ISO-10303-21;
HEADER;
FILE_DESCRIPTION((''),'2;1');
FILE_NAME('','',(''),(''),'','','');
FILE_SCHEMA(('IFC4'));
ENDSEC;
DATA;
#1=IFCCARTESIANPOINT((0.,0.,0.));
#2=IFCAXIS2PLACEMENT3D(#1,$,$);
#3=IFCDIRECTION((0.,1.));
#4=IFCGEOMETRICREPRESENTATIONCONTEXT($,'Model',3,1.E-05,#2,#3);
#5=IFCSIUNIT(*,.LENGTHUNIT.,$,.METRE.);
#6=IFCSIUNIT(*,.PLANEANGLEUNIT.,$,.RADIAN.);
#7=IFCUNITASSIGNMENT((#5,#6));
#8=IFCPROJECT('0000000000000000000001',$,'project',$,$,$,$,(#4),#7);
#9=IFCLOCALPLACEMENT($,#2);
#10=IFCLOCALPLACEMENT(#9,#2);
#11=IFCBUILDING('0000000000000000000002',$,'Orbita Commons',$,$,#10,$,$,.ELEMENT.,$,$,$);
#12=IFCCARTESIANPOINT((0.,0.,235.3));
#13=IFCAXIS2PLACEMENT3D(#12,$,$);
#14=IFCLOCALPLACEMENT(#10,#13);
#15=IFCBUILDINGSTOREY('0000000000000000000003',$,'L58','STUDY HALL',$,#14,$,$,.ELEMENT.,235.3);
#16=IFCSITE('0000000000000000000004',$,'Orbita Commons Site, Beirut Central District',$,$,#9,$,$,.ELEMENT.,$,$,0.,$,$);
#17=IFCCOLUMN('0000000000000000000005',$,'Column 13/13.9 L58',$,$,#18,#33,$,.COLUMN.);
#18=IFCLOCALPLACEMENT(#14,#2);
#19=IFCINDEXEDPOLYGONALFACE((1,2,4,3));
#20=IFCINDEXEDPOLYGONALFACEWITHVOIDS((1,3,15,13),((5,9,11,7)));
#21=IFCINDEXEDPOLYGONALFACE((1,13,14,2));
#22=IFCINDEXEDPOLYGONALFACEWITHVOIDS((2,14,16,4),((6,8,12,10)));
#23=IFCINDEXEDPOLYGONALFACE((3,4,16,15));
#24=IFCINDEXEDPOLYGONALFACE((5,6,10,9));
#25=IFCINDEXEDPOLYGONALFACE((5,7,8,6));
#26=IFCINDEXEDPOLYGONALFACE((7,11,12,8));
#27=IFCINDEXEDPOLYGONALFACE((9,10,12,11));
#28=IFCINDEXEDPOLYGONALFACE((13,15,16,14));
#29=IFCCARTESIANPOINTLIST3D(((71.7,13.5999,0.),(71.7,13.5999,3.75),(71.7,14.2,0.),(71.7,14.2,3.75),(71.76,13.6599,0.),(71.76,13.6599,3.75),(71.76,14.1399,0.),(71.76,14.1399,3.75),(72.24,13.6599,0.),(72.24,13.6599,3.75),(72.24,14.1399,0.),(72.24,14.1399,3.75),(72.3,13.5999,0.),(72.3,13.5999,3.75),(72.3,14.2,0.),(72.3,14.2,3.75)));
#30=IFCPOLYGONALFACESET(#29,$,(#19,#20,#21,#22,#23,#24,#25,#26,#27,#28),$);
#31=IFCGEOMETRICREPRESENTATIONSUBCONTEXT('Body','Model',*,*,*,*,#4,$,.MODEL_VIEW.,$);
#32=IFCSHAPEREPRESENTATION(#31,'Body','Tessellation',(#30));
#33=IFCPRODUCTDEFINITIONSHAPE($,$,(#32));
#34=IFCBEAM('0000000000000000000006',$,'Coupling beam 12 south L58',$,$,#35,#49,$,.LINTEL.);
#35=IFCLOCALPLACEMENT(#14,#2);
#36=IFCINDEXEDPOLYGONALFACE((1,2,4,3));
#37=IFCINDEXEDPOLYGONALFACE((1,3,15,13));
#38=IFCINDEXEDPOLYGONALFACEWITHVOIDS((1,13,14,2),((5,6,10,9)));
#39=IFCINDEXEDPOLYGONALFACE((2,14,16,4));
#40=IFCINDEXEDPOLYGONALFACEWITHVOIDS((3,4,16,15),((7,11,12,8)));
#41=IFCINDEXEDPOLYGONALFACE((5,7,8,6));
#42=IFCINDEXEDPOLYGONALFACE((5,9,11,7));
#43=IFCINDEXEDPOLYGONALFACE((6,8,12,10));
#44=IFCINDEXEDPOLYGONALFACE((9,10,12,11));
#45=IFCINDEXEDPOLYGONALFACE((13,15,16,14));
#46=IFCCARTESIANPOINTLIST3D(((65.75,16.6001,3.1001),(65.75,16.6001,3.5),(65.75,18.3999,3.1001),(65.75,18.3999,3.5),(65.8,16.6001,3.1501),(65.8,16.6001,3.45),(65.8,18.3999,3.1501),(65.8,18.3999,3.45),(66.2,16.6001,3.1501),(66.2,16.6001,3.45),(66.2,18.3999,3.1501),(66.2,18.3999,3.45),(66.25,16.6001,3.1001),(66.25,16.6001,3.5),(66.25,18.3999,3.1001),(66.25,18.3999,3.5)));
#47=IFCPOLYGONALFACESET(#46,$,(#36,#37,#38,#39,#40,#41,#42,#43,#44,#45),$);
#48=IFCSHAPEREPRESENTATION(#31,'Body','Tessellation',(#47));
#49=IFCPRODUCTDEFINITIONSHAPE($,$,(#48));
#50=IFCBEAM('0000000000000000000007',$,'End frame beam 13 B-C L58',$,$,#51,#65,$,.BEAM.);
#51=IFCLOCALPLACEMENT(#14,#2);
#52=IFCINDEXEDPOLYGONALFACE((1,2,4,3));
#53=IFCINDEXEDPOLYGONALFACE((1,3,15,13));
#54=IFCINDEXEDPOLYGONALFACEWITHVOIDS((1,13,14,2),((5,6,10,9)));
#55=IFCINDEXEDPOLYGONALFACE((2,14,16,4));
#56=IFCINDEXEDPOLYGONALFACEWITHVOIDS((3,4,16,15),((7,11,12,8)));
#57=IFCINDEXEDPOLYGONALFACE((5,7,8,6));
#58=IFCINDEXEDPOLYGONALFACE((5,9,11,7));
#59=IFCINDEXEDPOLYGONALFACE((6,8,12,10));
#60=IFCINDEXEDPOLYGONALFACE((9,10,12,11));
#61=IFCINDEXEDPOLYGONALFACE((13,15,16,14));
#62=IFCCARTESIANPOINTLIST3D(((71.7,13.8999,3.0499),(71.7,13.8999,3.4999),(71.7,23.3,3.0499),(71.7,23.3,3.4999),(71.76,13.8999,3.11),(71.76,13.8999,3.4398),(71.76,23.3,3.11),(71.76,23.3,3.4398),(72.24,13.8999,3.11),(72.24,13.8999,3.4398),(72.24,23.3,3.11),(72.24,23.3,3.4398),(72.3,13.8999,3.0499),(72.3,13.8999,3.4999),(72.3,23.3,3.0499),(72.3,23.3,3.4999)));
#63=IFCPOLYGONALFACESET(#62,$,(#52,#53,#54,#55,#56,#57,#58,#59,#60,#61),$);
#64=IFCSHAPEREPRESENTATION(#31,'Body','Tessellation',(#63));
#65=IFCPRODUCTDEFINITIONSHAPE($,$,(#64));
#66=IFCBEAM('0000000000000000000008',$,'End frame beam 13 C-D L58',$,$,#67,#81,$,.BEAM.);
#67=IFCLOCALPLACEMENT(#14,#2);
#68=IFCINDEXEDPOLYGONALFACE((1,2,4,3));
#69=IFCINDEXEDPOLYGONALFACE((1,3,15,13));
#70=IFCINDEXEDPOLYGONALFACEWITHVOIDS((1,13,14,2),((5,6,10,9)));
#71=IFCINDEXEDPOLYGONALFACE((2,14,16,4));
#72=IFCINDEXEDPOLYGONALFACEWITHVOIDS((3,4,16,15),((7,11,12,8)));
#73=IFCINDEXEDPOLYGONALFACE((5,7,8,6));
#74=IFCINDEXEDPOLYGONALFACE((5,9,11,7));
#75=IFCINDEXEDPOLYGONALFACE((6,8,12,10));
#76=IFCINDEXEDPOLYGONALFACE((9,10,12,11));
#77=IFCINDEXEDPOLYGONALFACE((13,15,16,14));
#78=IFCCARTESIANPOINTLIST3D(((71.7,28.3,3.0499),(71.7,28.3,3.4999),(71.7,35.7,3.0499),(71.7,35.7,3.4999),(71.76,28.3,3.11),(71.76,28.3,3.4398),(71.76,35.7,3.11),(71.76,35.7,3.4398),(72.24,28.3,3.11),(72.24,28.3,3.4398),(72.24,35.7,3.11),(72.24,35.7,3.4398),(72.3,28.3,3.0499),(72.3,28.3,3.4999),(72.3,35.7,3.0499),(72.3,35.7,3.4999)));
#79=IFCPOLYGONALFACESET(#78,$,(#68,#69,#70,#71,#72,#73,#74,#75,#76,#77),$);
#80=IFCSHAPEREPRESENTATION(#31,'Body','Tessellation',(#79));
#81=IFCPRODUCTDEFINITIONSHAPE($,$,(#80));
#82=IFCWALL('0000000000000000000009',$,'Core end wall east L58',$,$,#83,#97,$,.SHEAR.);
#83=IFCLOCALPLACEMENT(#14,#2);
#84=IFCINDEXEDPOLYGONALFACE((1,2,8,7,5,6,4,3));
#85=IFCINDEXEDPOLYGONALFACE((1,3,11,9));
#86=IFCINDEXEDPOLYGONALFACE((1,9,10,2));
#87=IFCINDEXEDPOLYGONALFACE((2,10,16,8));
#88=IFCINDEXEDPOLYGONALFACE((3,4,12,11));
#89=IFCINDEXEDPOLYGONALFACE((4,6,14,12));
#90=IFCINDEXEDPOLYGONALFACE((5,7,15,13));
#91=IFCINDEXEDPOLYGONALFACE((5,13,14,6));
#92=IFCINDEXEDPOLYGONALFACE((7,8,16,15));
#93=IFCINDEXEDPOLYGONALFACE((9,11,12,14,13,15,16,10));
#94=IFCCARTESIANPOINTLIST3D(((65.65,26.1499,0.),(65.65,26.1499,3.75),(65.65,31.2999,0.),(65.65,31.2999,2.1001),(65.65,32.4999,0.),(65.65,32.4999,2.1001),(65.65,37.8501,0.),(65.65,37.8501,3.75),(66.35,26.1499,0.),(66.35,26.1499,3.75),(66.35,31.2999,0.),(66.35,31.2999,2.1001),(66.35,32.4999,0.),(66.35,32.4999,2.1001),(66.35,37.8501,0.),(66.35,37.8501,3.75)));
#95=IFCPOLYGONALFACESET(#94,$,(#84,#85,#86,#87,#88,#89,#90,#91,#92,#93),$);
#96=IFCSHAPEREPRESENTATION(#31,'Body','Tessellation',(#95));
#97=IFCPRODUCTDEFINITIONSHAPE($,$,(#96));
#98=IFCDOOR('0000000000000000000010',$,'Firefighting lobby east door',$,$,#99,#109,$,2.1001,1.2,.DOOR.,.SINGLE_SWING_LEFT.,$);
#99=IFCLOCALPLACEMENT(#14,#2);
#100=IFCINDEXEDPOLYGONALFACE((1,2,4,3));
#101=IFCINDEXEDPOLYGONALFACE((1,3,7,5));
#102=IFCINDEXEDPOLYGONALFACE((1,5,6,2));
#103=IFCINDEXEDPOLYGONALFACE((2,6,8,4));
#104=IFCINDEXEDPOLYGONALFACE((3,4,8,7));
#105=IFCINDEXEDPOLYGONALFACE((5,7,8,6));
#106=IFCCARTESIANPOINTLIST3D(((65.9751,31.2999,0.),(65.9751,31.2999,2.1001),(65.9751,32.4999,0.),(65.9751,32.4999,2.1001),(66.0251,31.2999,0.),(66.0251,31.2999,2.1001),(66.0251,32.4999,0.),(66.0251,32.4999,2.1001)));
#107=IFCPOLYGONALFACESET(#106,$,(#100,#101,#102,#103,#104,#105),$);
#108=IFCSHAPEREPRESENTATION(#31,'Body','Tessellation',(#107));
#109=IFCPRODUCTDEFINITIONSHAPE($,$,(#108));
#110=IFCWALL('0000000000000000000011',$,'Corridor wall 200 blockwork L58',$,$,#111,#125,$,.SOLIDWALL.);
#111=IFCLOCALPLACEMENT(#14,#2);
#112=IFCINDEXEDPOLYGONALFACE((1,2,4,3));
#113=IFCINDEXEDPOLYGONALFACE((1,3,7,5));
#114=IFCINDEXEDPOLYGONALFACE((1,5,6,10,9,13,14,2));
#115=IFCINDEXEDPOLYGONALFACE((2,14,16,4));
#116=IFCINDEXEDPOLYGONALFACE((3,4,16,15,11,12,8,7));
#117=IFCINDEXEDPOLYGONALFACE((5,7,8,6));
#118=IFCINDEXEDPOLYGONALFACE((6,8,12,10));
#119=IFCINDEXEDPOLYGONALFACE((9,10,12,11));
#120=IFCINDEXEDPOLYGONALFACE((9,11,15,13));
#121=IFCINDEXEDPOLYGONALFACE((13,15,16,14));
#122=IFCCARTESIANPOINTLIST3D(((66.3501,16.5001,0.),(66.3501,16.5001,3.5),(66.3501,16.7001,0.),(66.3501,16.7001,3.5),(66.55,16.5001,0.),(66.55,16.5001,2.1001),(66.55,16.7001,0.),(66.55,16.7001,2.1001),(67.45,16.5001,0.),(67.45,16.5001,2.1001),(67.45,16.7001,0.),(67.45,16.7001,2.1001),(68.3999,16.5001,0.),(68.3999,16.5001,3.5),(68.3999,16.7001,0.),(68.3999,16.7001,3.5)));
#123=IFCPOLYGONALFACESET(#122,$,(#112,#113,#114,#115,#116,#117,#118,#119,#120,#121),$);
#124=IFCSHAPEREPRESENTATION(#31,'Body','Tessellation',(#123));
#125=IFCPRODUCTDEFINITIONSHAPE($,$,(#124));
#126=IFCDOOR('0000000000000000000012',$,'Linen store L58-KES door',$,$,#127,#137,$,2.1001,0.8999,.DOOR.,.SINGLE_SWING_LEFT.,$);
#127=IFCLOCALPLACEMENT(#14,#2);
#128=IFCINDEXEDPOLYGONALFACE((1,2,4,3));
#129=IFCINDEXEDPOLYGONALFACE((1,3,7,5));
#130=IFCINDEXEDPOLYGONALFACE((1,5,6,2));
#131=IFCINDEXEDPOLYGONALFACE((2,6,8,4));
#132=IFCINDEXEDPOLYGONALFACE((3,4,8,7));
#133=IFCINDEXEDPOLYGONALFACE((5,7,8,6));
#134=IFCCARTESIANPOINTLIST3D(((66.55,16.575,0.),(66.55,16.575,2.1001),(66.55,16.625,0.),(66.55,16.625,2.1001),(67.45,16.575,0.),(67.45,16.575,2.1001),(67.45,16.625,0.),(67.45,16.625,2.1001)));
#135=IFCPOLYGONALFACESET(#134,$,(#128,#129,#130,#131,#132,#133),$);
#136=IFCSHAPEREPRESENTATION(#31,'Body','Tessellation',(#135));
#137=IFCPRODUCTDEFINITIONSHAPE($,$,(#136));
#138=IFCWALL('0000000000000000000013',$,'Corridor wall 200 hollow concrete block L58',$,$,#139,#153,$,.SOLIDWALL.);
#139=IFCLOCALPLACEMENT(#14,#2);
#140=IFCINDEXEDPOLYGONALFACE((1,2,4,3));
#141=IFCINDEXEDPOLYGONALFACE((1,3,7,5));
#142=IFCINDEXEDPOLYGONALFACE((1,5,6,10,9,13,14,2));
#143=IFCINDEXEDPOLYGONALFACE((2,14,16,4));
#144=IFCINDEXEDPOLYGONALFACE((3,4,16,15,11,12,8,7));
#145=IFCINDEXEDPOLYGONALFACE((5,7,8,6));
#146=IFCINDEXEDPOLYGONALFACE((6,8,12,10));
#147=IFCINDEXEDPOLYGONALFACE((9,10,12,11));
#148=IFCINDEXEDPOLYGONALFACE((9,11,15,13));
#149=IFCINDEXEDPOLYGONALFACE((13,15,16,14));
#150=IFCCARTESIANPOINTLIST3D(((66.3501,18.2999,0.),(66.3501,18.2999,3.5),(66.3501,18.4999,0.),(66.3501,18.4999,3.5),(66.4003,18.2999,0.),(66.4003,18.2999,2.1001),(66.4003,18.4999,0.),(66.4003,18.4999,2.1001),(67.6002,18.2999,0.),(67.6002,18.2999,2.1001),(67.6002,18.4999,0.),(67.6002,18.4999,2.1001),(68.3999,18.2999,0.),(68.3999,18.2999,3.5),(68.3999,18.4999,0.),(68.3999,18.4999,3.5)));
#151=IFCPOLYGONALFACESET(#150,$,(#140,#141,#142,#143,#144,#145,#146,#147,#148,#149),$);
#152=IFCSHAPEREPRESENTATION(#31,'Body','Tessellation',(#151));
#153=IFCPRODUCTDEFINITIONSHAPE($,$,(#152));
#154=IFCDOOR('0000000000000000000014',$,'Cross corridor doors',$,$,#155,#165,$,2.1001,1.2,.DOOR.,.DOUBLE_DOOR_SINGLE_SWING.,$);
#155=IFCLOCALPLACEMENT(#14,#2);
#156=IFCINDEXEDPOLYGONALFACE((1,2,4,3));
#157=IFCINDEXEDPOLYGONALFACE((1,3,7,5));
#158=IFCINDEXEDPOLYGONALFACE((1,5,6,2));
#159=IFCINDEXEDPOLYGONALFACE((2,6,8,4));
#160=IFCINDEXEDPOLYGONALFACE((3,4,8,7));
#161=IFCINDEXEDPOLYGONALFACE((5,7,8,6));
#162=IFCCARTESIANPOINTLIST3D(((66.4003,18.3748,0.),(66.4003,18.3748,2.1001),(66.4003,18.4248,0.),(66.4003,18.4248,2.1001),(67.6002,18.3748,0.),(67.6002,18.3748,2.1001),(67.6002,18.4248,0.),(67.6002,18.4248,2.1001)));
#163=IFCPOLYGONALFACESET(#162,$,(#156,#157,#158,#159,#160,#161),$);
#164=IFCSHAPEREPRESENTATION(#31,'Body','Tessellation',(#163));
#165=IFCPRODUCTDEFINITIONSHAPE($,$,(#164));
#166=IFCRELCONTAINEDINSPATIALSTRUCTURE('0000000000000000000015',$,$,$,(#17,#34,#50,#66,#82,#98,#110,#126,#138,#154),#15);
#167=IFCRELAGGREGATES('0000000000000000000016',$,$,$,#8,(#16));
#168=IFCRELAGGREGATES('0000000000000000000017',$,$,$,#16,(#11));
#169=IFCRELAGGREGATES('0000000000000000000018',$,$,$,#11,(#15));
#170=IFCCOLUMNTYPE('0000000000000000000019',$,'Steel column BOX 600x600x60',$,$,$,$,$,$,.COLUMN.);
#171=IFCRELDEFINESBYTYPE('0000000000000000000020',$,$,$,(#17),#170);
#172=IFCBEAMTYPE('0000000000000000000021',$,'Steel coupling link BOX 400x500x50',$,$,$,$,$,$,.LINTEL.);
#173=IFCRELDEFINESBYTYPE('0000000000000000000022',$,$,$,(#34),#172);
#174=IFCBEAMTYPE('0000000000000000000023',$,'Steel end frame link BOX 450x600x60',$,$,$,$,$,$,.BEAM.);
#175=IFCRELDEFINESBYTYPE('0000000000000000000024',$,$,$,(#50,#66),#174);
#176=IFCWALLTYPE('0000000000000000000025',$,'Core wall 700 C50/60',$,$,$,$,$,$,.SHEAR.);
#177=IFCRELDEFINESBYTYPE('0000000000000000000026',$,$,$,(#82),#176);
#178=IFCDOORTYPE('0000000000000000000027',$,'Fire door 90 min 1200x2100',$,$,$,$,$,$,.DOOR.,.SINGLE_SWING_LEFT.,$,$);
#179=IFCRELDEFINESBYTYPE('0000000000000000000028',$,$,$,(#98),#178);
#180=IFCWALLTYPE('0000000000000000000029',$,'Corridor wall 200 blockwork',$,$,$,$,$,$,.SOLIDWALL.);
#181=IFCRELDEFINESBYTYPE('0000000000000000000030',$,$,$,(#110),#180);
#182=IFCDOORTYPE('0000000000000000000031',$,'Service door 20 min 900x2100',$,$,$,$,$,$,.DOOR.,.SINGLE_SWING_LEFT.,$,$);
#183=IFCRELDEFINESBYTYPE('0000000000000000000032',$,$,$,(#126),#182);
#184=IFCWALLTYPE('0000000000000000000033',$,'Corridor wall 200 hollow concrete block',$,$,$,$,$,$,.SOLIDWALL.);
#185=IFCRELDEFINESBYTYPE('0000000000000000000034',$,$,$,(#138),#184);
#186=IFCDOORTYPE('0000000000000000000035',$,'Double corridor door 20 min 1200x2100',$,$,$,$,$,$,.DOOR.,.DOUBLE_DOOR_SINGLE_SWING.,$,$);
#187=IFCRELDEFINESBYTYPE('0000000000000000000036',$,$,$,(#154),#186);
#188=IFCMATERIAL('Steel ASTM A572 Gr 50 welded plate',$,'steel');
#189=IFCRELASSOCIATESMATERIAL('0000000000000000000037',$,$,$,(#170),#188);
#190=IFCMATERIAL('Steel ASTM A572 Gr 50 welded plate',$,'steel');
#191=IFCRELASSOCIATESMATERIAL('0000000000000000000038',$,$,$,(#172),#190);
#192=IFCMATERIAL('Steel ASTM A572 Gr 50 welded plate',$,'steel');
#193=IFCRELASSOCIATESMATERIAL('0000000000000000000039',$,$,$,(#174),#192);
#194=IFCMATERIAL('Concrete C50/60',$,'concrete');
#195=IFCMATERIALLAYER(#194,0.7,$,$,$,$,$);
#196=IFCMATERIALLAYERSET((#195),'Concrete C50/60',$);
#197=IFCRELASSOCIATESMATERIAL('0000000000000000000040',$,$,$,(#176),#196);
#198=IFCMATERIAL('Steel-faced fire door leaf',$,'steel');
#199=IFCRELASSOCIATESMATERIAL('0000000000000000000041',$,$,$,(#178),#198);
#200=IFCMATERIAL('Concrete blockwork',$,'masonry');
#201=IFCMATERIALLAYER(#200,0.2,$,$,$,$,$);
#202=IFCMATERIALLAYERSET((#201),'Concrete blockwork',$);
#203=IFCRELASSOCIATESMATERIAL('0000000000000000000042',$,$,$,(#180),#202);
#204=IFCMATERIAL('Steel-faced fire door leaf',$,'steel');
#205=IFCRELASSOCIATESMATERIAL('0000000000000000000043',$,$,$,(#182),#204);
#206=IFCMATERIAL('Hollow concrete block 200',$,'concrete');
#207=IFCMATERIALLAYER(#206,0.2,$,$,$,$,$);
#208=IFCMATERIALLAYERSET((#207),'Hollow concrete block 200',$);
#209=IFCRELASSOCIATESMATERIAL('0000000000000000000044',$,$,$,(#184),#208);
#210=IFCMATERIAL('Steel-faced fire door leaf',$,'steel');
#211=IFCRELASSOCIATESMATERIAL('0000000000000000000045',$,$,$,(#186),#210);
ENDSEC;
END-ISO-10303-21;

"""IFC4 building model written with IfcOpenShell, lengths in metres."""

from ifc_helpers import new_model, si_unit, direction, frame, frame_2d, origin, origin_2d, place, context, subcontext, project, spatial, rectangle, hollow_rectangle, extrude, material, layer, layer_set, material_profile, profile_set, type_object, element, fill, save


model = new_model("IFC4")

# Units and contexts
model_context = context("Model", 3, precision=1e-05, world=origin(), true_north=direction((0.0, 1.0)))
body_context = subcontext(model_context, "Body", "Model", "MODEL_VIEW")
ifc_project = project(units=[si_unit("LENGTHUNIT", "METRE"), si_unit("PLANEANGLEUNIT", "RADIAN")], contexts=[model_context])

# Site, building, storey
site_placement = place(None, origin())
site = spatial("IfcSite", under=ifc_project, at=site_placement, Name="Orbita Commons Site, Beirut Central District", CompositionType="ELEMENT", RefElevation=0.0)
building_placement = place(site_placement, origin())
building = spatial("IfcBuilding", under=site, at=building_placement, Name="Orbita Commons", CompositionType="ELEMENT")
storey_placement = place(building_placement, frame((0.0, 0.0, 235.3)))
storey = spatial("IfcBuildingStorey", under=building, at=storey_placement, Name="L58", Description="STUDY HALL", CompositionType="ELEMENT", Elevation=235.3)

# Column
ifc_material_1 = material(Name="Steel ASTM A572 Gr 50 welded plate", Category="steel")
ifc_material_profile_1 = material_profile(ifc_material_1, hollow_rectangle(XDim=0.6001, YDim=0.6001, WallThickness=0.0601, at=origin_2d()), Name="BOX 600x600x60")
ifc_profile_set_1 = profile_set([ifc_material_profile_1], Name="Steel ASTM A572 Gr 50 welded plate")
column_type = type_object("IfcColumnType", Name="Steel column BOX 600x600x60", PredefinedType="COLUMN", material=ifc_profile_set_1)
column_placement = place(storey_placement, frame((72.0, 13.8999, 0.0), z_axis=(0.0, 0.0, 1.0), x_axis=(1.0, 0.0, 0.0)))
element("IfcColumn", 1, at=column_placement, inside=storey, type_object=column_type, Name="Column 13/13.9 L58", PredefinedType="COLUMN", context=body_context, shape_type="SweptSolid", body=[
    extrude(hollow_rectangle(XDim=0.6001, YDim=0.6001, WallThickness=0.0601, at=origin_2d()), origin(), (0.0, 0.0, 1.0), 3.75),
])

# Beams
ifc_material_2 = material(Name="Steel ASTM A572 Gr 50 welded plate", Category="steel")
ifc_material_profile_2 = material_profile(ifc_material_2, hollow_rectangle(XDim=0.5, YDim=0.3999, WallThickness=0.05, at=origin_2d()), Name="BOX 400x500x50")
ifc_profile_set_2 = profile_set([ifc_material_profile_2], Name="Steel ASTM A572 Gr 50 welded plate")
beam_type_1 = type_object("IfcBeamType", Name="Steel coupling link BOX 400x500x50", PredefinedType="LINTEL", material=ifc_profile_set_2)
beam_1_placement = place(storey_placement, frame((66.0, 16.6001, 3.3), z_axis=(0.0, 1.0, 0.0), x_axis=(-1.0, 0.0, 0.0)))
element("IfcBeam", 2, at=beam_1_placement, inside=storey, type_object=beam_type_1, Name="Coupling beam 12 south L58", PredefinedType="LINTEL", context=body_context, shape_type="SweptSolid", body=[
    extrude(hollow_rectangle(XDim=0.5, YDim=0.3999, WallThickness=0.05, at=origin_2d()), origin(), (0.0, 0.0, 1.0), 1.7998),
])
ifc_material_3 = material(Name="Steel ASTM A572 Gr 50 welded plate", Category="steel")
ifc_material_profile_3 = material_profile(ifc_material_3, hollow_rectangle(XDim=0.6001, YDim=0.45, WallThickness=0.0601, at=origin_2d()), Name="BOX 450x600x60")
ifc_profile_set_3 = profile_set([ifc_material_profile_3], Name="Steel ASTM A572 Gr 50 welded plate")
beam_type_2 = type_object("IfcBeamType", Name="Steel end frame link BOX 450x600x60", PredefinedType="BEAM", material=ifc_profile_set_3)
beam_2_placement = place(storey_placement, frame((72.0, 13.8999, 3.2749), z_axis=(0.0, 1.0, 0.0), x_axis=(-1.0, 0.0, 0.0)))
element("IfcBeam", 3, at=beam_2_placement, inside=storey, type_object=beam_type_2, Name="End frame beam 13 B-C L58", PredefinedType="BEAM", context=body_context, shape_type="SweptSolid", body=[
    extrude(hollow_rectangle(XDim=0.6001, YDim=0.45, WallThickness=0.0601, at=origin_2d()), origin(), (0.0, 0.0, 1.0), 9.4001),
])
beam_3_placement = place(storey_placement, frame((72.0, 28.3, 3.2749), z_axis=(0.0, 1.0, 0.0), x_axis=(-1.0, 0.0, 0.0)))
element("IfcBeam", 4, at=beam_3_placement, inside=storey, type_object=beam_type_2, Name="End frame beam 13 C-D L58", PredefinedType="BEAM", context=body_context, shape_type="SweptSolid", body=[
    extrude(hollow_rectangle(XDim=0.6001, YDim=0.45, WallThickness=0.0601, at=origin_2d()), origin(), (0.0, 0.0, 1.0), 7.3999),
])

# Walls, openings, doors
ifc_material_4 = material(Name="Concrete C50/60", Category="concrete")
ifc_layer_1 = layer(ifc_material_4, 0.7)
ifc_layer_set_1 = layer_set([ifc_layer_1], Name="Concrete C50/60")
wall_type_1 = type_object("IfcWallType", Name="Core wall 700 C50/60", PredefinedType="SHEAR", material=ifc_layer_set_1)
wall_1_placement = place(storey_placement, frame((66.0, 26.1499, 0.0), z_axis=(0.0, 0.0, 1.0), x_axis=(0.0, 1.0, 0.0)))
wall_1 = element("IfcWall", 5, at=wall_1_placement, inside=storey, type_object=wall_type_1, Name="Core end wall east L58", PredefinedType="SHEAR", context=body_context, shape_type="SweptSolid", body=[
    extrude(rectangle(XDim=11.7002, YDim=0.7, at=frame_2d((5.8501, 0.0))), origin(), (0.0, 0.0, 1.0), 3.75),
])
opening_1_placement = place(wall_1_placement, frame((5.1499, 0.0, 0.0)))
opening_1 = element("IfcOpeningElement", 6, at=opening_1_placement, cuts=wall_1, PredefinedType="OPENING", context=body_context, shape_type="SweptSolid", body=[
    extrude(rectangle(XDim=1.2, YDim=2.1001, at=frame_2d((0.6001, 1.05))), frame((0.0, 0.3599, 0.0), z_axis=(0.0, -1.0, 0.0), x_axis=(1.0, 0.0, 0.0)), (0.0, 0.0, 1.0), 0.72),
])
ifc_material_5 = material(Name="Steel-faced fire door leaf", Category="steel")
door_type_1 = type_object("IfcDoorType", Name="Fire door 90 min 1200x2100", OperationType="SINGLE_SWING_LEFT", PredefinedType="DOOR", material=ifc_material_5)
door_1_placement = place(opening_1_placement, origin())
door_1 = element("IfcDoor", 7, at=door_1_placement, inside=storey, type_object=door_type_1, Name="Firefighting lobby east door", OperationType="SINGLE_SWING_LEFT", OverallHeight=2.1001, OverallWidth=1.2, PredefinedType="DOOR", context=body_context, shape_type="SweptSolid", body=[
    extrude(rectangle(XDim=1.2, YDim=2.1001, at=frame_2d((0.6001, 1.05))), frame((0.0, 0.0249, 0.0), z_axis=(0.0, -1.0, 0.0), x_axis=(1.0, 0.0, 0.0)), (0.0, 0.0, 1.0), 0.05),
])
fill(opening_1, door_1)
ifc_material_6 = material(Name="Concrete blockwork", Category="masonry")
ifc_layer_2 = layer(ifc_material_6, 0.2)
ifc_layer_set_2 = layer_set([ifc_layer_2], Name="Concrete blockwork")
wall_type_2 = type_object("IfcWallType", Name="Corridor wall 200 blockwork", PredefinedType="SOLIDWALL", material=ifc_layer_set_2)
wall_2_placement = place(storey_placement, frame((66.3501, 16.6001, 0.0), z_axis=(0.0, 0.0, 1.0), x_axis=(1.0, 0.0, 0.0)))
wall_2 = element("IfcWall", 8, at=wall_2_placement, inside=storey, type_object=wall_type_2, Name="Corridor wall 200 blockwork L58", PredefinedType="SOLIDWALL", context=body_context, shape_type="SweptSolid", body=[
    extrude(rectangle(XDim=2.0498, YDim=0.2, at=frame_2d((1.0249, 0.0))), origin(), (0.0, 0.0, 1.0), 3.5),
])
opening_2_placement = place(wall_2_placement, frame((0.2, 0.0, 0.0)))
opening_2 = element("IfcOpeningElement", 9, at=opening_2_placement, cuts=wall_2, PredefinedType="OPENING", context=body_context, shape_type="SweptSolid", body=[
    extrude(rectangle(XDim=0.8999, YDim=2.1001, at=frame_2d((0.45, 1.05))), frame((0.0, 0.1099, 0.0), z_axis=(0.0, -1.0, 0.0), x_axis=(1.0, 0.0, 0.0)), (0.0, 0.0, 1.0), 0.22),
])
ifc_material_7 = material(Name="Steel-faced fire door leaf", Category="steel")
door_type_2 = type_object("IfcDoorType", Name="Service door 20 min 900x2100", OperationType="SINGLE_SWING_LEFT", PredefinedType="DOOR", material=ifc_material_7)
door_2_placement = place(opening_2_placement, origin())
door_2 = element("IfcDoor", 10, at=door_2_placement, inside=storey, type_object=door_type_2, Name="Linen store L58-KES door", OperationType="SINGLE_SWING_LEFT", OverallHeight=2.1001, OverallWidth=0.8999, PredefinedType="DOOR", context=body_context, shape_type="SweptSolid", body=[
    extrude(rectangle(XDim=0.8999, YDim=2.1001, at=frame_2d((0.45, 1.05))), frame((0.0, 0.0249, 0.0), z_axis=(0.0, -1.0, 0.0), x_axis=(1.0, 0.0, 0.0)), (0.0, 0.0, 1.0), 0.05),
])
fill(opening_2, door_2)
ifc_material_8 = material(Name="Hollow concrete block 200", Category="concrete")
ifc_layer_3 = layer(ifc_material_8, 0.2)
ifc_layer_set_3 = layer_set([ifc_layer_3], Name="Hollow concrete block 200")
wall_type_3 = type_object("IfcWallType", Name="Corridor wall 200 hollow concrete block", PredefinedType="SOLIDWALL", material=ifc_layer_set_3)
wall_3_placement = place(storey_placement, frame((66.3501, 18.3999, 0.0), z_axis=(0.0, 0.0, 1.0), x_axis=(1.0, 0.0, 0.0)))
wall_3 = element("IfcWall", 11, at=wall_3_placement, inside=storey, type_object=wall_type_3, Name="Corridor wall 200 hollow concrete block L58", PredefinedType="SOLIDWALL", context=body_context, shape_type="SweptSolid", body=[
    extrude(rectangle(XDim=2.0498, YDim=0.2, at=frame_2d((1.0249, 0.0))), origin(), (0.0, 0.0, 1.0), 3.5),
])
opening_3_placement = place(wall_3_placement, frame((0.05, 0.0, 0.0)))
opening_3 = element("IfcOpeningElement", 12, at=opening_3_placement, cuts=wall_3, PredefinedType="OPENING", context=body_context, shape_type="SweptSolid", body=[
    extrude(rectangle(XDim=1.2, YDim=2.1001, at=frame_2d((0.6001, 1.05))), frame((0.0, 0.1099, 0.0), z_axis=(0.0, -1.0, 0.0), x_axis=(1.0, 0.0, 0.0)), (0.0, 0.0, 1.0), 0.22),
])
ifc_material_9 = material(Name="Steel-faced fire door leaf", Category="steel")
door_type_3 = type_object("IfcDoorType", Name="Double corridor door 20 min 1200x2100", OperationType="DOUBLE_DOOR_SINGLE_SWING", PredefinedType="DOOR", material=ifc_material_9)
door_3_placement = place(opening_3_placement, origin())
door_3 = element("IfcDoor", 13, at=door_3_placement, inside=storey, type_object=door_type_3, Name="Cross corridor doors", OperationType="DOUBLE_DOOR_SINGLE_SWING", OverallHeight=2.1001, OverallWidth=1.2, PredefinedType="DOOR", context=body_context, shape_type="SweptSolid", body=[
    extrude(rectangle(XDim=1.2, YDim=2.1001, at=frame_2d((0.6001, 1.05))), frame((0.0, 0.0249, 0.0), z_axis=(0.0, -1.0, 0.0), x_axis=(1.0, 0.0, 0.0)), (0.0, 0.0, 1.0), 0.05),
])
fill(opening_3, door_3)

save(model, "model.ifc")
